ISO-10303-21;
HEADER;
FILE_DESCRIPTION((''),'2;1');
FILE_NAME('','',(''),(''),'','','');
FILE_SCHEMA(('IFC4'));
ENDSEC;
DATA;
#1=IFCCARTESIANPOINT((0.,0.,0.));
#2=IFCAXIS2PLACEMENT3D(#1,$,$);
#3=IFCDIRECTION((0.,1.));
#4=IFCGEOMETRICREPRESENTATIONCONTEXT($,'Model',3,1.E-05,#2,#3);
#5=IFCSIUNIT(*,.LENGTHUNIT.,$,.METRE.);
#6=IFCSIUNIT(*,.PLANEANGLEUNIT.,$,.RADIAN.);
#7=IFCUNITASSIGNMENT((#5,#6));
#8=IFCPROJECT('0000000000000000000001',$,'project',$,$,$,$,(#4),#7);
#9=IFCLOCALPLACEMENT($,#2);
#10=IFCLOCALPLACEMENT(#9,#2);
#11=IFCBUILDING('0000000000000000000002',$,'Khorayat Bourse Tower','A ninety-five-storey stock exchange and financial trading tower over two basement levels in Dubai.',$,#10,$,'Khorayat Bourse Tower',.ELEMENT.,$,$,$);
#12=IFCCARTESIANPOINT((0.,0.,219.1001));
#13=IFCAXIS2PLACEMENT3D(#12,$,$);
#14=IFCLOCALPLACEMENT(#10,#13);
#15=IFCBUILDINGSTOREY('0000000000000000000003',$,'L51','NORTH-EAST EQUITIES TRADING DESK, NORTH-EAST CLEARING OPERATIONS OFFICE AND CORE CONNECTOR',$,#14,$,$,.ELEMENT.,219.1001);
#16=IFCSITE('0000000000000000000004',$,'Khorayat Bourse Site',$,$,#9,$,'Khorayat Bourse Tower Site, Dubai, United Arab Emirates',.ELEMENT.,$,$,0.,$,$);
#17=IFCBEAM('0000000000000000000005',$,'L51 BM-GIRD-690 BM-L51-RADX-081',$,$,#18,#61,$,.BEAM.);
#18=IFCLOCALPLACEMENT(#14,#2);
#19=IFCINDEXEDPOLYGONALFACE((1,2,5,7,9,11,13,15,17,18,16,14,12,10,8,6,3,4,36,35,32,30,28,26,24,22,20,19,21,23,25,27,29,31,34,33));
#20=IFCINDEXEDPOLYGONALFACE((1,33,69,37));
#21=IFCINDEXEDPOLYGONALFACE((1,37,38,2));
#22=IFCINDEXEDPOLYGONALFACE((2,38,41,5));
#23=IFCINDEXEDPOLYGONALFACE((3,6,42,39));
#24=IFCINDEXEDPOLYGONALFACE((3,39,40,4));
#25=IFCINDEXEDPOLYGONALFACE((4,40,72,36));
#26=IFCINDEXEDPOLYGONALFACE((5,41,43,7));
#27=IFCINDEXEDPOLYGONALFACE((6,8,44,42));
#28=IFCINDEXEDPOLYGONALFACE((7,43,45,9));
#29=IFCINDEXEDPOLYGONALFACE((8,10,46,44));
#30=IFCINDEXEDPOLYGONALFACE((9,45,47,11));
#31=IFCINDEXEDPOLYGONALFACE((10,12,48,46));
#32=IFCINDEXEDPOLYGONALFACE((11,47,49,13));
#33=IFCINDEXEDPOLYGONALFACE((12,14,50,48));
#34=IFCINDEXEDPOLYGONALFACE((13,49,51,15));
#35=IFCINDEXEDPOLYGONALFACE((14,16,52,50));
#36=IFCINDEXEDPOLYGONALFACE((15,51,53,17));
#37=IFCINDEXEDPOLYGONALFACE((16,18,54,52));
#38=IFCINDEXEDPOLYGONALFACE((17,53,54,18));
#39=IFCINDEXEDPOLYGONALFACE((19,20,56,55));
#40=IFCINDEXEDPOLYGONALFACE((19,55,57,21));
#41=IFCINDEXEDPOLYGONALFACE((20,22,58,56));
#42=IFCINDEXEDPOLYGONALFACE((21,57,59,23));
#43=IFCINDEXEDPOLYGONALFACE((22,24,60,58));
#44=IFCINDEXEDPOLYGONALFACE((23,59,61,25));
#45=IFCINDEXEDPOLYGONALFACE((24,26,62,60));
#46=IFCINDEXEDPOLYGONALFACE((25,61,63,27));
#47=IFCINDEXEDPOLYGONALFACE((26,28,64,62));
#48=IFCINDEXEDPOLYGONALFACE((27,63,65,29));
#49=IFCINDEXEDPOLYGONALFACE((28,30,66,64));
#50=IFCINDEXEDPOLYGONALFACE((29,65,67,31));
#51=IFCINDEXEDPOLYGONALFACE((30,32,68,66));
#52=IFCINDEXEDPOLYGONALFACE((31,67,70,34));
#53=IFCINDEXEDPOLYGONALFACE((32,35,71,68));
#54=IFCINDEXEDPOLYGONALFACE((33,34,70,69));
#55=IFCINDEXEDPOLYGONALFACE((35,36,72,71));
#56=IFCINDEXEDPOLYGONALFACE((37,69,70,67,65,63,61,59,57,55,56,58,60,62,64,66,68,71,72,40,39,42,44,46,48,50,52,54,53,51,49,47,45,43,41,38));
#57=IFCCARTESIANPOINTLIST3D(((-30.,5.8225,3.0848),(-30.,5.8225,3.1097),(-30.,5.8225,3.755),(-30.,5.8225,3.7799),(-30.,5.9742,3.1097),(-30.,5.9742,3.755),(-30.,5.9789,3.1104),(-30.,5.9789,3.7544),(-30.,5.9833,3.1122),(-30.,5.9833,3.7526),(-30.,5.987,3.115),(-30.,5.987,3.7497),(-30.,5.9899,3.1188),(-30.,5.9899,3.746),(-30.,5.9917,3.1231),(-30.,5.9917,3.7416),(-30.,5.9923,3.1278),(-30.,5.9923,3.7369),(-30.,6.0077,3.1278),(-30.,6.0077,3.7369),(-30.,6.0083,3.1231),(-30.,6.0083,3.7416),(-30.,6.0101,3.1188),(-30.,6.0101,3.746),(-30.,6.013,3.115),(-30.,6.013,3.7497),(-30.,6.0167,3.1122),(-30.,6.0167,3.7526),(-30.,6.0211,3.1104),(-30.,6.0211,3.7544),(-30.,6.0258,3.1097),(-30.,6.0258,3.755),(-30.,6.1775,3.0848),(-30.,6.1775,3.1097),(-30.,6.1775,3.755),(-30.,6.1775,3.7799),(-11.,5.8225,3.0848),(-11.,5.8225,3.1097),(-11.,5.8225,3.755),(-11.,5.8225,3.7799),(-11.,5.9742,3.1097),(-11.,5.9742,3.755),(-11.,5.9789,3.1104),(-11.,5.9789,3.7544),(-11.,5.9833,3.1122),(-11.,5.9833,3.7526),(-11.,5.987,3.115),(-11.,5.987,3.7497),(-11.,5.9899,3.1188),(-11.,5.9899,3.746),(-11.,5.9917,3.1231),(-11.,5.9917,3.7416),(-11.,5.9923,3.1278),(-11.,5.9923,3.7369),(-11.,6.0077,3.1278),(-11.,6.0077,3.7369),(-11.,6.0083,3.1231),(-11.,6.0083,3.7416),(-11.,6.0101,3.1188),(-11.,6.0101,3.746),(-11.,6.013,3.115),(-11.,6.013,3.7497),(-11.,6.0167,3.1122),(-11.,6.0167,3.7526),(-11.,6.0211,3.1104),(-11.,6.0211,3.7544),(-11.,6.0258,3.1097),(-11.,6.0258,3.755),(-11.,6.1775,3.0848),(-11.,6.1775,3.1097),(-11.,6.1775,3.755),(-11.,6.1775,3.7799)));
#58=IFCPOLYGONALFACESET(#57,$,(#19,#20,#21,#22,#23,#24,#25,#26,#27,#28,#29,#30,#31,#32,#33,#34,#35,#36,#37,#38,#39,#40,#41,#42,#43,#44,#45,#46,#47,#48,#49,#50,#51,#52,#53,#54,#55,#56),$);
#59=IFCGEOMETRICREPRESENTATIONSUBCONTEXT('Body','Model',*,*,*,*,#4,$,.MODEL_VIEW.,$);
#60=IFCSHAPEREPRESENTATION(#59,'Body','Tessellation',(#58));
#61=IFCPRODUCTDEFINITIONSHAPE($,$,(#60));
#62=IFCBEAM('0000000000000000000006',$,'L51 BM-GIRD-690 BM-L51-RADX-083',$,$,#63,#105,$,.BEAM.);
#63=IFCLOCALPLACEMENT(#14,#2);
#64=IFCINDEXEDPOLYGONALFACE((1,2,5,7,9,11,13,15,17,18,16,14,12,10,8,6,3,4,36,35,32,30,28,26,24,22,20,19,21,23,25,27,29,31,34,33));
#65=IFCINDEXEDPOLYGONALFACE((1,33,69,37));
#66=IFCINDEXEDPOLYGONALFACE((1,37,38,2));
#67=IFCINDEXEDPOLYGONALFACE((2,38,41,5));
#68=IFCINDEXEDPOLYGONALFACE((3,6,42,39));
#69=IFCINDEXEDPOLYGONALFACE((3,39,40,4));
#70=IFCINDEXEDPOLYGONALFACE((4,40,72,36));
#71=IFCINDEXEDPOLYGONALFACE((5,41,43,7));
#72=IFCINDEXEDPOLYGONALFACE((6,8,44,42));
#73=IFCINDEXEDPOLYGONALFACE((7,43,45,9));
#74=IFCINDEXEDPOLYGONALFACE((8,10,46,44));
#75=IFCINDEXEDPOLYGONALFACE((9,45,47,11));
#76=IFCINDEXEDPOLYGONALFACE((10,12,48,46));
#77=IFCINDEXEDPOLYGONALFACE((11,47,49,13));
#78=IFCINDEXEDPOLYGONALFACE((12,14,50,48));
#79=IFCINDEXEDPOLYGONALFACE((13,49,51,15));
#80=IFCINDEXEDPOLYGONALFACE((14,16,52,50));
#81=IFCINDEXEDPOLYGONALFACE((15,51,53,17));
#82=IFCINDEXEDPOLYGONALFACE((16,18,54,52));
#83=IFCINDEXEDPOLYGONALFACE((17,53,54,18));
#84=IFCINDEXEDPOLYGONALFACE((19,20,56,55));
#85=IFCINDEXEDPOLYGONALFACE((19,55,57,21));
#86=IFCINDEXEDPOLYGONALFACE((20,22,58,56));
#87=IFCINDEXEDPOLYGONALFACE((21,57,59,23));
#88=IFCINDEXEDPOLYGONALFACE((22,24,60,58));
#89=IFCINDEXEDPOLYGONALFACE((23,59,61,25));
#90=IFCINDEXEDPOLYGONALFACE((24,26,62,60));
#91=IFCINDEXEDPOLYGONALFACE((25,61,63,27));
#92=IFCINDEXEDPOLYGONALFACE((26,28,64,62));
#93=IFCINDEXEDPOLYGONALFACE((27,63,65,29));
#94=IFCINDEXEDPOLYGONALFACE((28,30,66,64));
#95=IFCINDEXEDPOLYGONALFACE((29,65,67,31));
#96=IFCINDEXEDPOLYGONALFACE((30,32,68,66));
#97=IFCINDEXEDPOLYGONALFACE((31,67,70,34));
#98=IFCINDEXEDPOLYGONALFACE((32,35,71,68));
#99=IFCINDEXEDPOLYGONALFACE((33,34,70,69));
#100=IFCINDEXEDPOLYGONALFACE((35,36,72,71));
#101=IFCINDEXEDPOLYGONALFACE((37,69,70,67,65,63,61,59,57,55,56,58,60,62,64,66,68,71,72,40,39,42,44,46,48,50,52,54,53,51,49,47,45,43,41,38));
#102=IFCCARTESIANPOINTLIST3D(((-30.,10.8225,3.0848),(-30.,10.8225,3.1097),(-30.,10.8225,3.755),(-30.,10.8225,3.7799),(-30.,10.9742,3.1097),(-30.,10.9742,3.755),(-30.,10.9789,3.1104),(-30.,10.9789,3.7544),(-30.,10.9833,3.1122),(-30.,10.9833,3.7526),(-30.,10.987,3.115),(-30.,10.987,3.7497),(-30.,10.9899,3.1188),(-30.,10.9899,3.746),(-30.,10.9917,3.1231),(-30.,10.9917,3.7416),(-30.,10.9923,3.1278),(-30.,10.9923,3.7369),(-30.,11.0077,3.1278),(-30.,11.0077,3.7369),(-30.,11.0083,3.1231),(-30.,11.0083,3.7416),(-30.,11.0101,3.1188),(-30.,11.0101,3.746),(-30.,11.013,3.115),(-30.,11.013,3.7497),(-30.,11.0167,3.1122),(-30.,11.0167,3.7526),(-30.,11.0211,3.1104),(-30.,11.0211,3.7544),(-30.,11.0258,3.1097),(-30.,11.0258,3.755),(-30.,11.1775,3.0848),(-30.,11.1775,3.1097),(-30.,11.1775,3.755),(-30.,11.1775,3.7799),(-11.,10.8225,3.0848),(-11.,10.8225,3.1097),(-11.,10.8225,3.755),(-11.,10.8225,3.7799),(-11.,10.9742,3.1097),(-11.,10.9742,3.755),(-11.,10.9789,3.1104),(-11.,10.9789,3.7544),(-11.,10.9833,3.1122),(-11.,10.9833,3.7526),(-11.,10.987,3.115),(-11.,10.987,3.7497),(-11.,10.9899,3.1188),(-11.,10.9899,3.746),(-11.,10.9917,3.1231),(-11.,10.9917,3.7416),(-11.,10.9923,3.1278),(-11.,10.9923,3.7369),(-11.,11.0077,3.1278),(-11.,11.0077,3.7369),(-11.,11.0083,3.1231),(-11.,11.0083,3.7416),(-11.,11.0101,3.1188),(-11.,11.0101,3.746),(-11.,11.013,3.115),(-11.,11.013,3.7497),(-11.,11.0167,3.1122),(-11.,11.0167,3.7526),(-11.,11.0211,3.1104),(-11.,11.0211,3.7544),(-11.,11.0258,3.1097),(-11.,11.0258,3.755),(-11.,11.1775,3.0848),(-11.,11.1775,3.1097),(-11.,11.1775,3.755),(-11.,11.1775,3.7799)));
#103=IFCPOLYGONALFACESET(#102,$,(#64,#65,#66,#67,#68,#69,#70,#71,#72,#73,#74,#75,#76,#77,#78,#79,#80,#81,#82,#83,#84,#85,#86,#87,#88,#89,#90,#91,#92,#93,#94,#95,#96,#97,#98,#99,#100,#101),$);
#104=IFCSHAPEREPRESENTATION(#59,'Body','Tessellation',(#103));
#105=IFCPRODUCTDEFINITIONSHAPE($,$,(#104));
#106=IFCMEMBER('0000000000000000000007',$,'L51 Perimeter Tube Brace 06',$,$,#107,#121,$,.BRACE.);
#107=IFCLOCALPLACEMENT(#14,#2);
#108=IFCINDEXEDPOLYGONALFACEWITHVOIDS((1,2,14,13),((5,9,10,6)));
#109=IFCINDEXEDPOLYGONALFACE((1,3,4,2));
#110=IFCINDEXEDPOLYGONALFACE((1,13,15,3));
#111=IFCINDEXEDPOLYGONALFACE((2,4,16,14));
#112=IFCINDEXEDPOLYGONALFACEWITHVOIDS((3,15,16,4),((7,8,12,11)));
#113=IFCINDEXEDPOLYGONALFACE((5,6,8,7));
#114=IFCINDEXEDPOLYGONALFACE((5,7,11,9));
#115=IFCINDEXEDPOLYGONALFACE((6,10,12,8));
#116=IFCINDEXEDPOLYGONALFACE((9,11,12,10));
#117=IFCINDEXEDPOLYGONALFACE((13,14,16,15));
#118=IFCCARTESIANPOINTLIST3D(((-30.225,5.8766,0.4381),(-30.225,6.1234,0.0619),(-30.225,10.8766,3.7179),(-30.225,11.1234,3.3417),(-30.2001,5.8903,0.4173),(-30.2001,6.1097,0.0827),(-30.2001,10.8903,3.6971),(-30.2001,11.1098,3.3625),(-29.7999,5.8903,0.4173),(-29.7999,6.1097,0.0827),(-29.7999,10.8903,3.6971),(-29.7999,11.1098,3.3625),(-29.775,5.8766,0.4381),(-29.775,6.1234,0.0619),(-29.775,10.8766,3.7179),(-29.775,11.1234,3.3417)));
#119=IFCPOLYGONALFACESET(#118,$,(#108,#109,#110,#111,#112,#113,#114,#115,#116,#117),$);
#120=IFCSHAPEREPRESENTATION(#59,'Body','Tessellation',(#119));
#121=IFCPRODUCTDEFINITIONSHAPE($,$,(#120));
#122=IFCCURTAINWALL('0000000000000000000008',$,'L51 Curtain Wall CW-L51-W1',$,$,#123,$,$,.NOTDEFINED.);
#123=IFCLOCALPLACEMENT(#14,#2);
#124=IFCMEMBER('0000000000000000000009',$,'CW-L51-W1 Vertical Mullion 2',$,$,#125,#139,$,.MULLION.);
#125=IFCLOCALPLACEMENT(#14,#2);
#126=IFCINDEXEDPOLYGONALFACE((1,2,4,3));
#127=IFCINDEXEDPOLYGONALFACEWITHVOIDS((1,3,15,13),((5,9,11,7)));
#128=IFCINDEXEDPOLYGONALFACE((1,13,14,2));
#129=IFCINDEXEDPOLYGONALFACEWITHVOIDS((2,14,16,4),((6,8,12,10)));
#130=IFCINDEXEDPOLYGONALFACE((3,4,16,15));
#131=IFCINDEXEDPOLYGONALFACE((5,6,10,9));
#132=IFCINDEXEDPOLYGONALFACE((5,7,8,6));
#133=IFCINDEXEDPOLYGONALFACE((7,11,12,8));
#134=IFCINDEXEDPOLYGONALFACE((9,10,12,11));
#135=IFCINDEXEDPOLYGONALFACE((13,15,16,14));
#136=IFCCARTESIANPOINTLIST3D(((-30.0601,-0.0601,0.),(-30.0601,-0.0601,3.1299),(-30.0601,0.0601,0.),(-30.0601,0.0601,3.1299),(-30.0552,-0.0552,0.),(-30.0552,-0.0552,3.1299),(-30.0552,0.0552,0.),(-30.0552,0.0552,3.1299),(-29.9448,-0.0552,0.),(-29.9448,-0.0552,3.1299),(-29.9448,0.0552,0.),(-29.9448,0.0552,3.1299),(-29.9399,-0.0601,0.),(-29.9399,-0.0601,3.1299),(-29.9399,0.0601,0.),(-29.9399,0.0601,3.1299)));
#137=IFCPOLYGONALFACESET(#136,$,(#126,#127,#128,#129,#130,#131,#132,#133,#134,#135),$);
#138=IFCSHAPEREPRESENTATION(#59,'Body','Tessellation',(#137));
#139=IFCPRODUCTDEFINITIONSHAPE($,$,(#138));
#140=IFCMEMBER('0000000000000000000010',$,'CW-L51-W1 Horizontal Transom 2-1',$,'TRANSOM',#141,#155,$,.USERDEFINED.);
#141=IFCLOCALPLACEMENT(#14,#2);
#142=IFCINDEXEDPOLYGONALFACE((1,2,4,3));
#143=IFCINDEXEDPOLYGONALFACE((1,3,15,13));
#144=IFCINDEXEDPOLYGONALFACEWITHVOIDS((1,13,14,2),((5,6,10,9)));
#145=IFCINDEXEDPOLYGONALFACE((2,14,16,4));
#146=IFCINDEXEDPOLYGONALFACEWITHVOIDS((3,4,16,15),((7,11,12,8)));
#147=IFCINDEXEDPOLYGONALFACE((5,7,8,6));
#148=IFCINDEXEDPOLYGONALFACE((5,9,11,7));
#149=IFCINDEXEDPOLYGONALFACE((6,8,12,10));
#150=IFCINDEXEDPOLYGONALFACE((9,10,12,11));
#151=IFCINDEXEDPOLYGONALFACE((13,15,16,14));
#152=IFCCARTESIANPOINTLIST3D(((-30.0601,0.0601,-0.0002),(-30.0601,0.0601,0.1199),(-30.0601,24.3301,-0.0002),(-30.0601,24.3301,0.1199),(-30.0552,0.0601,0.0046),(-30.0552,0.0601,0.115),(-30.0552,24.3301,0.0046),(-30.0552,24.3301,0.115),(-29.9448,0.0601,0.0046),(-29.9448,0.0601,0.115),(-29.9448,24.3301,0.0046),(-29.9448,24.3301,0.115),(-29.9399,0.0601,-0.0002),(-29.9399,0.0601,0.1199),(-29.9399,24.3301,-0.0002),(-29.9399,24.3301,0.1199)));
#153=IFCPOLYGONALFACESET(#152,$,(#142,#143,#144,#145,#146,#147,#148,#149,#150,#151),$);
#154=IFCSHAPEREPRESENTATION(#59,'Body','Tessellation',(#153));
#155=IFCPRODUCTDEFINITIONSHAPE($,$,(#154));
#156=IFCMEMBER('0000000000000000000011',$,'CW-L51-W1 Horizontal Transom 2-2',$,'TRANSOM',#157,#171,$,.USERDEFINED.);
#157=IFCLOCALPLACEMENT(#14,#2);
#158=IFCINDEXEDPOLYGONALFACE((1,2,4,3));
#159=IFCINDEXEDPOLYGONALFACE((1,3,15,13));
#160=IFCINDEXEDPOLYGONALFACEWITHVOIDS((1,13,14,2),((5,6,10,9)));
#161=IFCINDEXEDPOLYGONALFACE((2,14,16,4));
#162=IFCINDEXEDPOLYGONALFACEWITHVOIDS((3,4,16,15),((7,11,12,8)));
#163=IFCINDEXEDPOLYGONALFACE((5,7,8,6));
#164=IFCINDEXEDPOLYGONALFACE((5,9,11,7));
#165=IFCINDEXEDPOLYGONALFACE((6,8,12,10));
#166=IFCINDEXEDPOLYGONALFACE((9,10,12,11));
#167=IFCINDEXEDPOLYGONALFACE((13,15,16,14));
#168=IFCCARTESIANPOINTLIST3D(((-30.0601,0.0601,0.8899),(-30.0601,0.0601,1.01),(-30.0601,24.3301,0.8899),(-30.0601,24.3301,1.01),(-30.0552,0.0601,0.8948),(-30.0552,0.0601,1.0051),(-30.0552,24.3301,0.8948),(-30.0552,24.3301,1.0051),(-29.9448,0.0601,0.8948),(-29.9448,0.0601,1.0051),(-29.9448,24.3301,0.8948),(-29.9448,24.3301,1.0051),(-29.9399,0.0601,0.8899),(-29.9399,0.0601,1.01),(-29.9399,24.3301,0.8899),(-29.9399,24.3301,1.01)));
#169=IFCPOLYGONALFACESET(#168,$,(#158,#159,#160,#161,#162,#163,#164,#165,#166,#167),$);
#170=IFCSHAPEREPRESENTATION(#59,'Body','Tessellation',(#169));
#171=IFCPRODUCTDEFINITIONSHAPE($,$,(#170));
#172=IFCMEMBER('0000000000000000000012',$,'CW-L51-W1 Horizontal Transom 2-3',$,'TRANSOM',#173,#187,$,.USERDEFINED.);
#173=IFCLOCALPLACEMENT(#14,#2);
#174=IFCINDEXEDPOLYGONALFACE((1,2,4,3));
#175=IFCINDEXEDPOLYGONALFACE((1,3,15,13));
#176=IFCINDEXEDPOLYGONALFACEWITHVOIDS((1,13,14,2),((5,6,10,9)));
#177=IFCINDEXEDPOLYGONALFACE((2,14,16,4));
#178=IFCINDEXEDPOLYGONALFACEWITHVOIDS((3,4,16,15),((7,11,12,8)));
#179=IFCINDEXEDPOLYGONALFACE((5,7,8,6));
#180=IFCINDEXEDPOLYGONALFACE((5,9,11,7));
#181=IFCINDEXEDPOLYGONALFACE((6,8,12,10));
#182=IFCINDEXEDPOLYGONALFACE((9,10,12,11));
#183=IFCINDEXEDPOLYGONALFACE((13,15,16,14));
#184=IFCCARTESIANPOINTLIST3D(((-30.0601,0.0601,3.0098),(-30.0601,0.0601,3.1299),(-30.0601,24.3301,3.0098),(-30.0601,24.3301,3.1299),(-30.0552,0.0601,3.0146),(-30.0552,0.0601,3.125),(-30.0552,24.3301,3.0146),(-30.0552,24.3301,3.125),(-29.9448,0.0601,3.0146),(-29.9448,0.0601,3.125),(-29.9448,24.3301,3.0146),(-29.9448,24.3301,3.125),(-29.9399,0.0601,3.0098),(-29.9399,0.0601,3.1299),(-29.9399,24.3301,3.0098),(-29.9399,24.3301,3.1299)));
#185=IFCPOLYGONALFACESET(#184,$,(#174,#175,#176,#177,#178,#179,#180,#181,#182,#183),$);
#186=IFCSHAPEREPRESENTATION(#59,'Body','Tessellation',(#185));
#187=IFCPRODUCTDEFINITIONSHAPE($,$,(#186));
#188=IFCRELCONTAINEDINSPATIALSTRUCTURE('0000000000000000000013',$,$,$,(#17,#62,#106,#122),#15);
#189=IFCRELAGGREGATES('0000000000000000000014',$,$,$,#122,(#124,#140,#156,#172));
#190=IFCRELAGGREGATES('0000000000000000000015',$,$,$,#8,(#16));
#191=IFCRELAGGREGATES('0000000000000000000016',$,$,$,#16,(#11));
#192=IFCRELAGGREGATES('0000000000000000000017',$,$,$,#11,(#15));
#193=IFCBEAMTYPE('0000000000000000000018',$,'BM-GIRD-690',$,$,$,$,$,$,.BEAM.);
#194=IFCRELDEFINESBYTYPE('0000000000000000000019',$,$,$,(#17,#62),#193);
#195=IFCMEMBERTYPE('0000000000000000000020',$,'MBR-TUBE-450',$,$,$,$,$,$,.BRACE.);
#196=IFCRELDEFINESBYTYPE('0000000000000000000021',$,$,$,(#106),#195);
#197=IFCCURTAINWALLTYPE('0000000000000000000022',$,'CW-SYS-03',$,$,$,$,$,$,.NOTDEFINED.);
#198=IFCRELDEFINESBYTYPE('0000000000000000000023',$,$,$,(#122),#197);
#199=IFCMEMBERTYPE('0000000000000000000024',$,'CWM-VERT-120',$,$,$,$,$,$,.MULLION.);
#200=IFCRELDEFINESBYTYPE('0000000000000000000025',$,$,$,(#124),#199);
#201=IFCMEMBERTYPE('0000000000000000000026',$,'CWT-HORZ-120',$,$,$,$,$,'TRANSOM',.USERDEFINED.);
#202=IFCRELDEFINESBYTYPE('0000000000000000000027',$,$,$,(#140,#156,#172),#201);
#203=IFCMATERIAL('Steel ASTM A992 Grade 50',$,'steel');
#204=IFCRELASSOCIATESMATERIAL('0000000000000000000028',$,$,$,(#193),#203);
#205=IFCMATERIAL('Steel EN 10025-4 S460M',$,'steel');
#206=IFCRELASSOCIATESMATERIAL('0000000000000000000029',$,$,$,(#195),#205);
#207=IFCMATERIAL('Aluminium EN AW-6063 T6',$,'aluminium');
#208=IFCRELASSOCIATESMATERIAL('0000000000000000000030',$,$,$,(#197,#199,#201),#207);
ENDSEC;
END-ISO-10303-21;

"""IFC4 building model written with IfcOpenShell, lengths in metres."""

from ifc_helpers import new_model, si_unit, direction, frame, origin, origin_2d, place, context, subcontext, project, spatial, hollow_rectangle, i_section, extrude, source, transform, mapped, material, material_profile, profile_set, type_object, element, aggregate, save


model = new_model("IFC4")

# Units and contexts
model_context = context("Model", 3, precision=1e-05, world=origin(), true_north=direction((0.0, 1.0)))
body_context = subcontext(model_context, "Body", "Model", "MODEL_VIEW")
ifc_project = project(units=[si_unit("LENGTHUNIT", "METRE"), si_unit("PLANEANGLEUNIT", "RADIAN")], contexts=[model_context])

# Site, building, storey
site_placement = place(None, origin())
site = spatial("IfcSite", under=ifc_project, at=site_placement, Name="Khorayat Bourse Site", LongName="Khorayat Bourse Tower Site, Dubai, United Arab Emirates", CompositionType="ELEMENT", RefElevation=0.0)
building_placement = place(site_placement, origin())
building = spatial("IfcBuilding", under=site, at=building_placement, Name="Khorayat Bourse Tower", Description="A ninety-five-storey stock exchange and financial trading tower over two basement levels in Dubai.", LongName="Khorayat Bourse Tower", CompositionType="ELEMENT")
storey_placement = place(building_placement, frame((0.0, 0.0, 219.1001)))
storey = spatial("IfcBuildingStorey", under=building, at=storey_placement, Name="L51", Description="NORTH-EAST EQUITIES TRADING DESK, NORTH-EAST CLEARING OPERATIONS OFFICE AND CORE CONNECTOR", CompositionType="ELEMENT", Elevation=219.1001)

# Shared definitions
ifc_material_1 = material(Name="Steel EN 10025-4 S460M", Category="steel")

# Beams
ifc_material_2 = material(Name="Steel ASTM A992 Grade 50", Category="steel")
ifc_material_profile_1 = material_profile(ifc_material_2, i_section(OverallWidth=0.355, OverallDepth=0.6951, WebThickness=0.0154, FlangeThickness=0.0249, FilletRadius=0.0181, at=origin_2d()), Name="W690X217")
ifc_profile_set_1 = profile_set([ifc_material_profile_1], Name="Steel ASTM A992 Grade 50")
beam_type_1 = type_object("IfcBeamType", Name="BM-GIRD-690", PredefinedType="BEAM", material=ifc_profile_set_1)
shared_shape_1 = source(origin(), body_context, "Body", "SweptSolid", [
    extrude(i_section(OverallWidth=0.355, OverallDepth=0.6951, WebThickness=0.0154, FlangeThickness=0.0249, FilletRadius=0.0181, at=origin_2d()), origin(), (0.0, 0.0, 1.0), 19.0),
])
for number, where, z_axis, x_axis, name in (
    (1, (-30.0, 6.0, 3.4324), (1.0, 0.0, 0.0), (0.0, 1.0, 0.0), "L51 BM-GIRD-690 BM-L51-RADX-081"),
    (2, (-30.0, 11.0, 3.4324), (1.0, 0.0, 0.0), (0.0, 1.0, 0.0), "L51 BM-GIRD-690 BM-L51-RADX-083"),
):
    element("IfcBeam", number, at=place(storey_placement, frame(where, z_axis=z_axis, x_axis=x_axis)), inside=storey, type_object=beam_type_1, Name=name, PredefinedType="BEAM", context=body_context, shape_type="MappedRepresentation", body=[
        mapped(shared_shape_1, transform((0.0, 0.0, 0.0), scale=1.0)),
    ])

# Member
ifc_material_profile_2 = material_profile(ifc_material_1, hollow_rectangle(XDim=0.45, YDim=0.45, WallThickness=0.0249, at=origin_2d()), Name="HSS 450x450x25")
ifc_profile_set_2 = profile_set([ifc_material_profile_2], Name="Steel EN 10025-4 S460M")
member_type_1 = type_object("IfcMemberType", Name="MBR-TUBE-450", PredefinedType="BRACE", material=ifc_profile_set_2)
shared_shape_2 = source(origin(), body_context, "Body", "SweptSolid", [
    extrude(hollow_rectangle(XDim=0.45, YDim=0.45, WallThickness=0.0249, at=origin_2d()), origin(), (0.0, 0.0, 1.0), 5.9797),
])
member_1_placement = place(storey_placement, frame((-30.0, 6.0, 0.25), z_axis=(0.0, 0.83616, 0.548485), x_axis=(-1.0, 0.0, 0.0)))
element("IfcMember", 3, at=member_1_placement, inside=storey, type_object=member_type_1, Name="L51 Perimeter Tube Brace 06", PredefinedType="BRACE", context=body_context, shape_type="MappedRepresentation", body=[
    mapped(shared_shape_2, transform((0.0, 0.0, 0.0), scale=1.0)),
])

# Curtain wall, members
ifc_material_3 = material(Name="Aluminium EN AW-6063 T6", Category="aluminium")
curtain_wall_type = type_object("IfcCurtainWallType", Name="CW-SYS-03", PredefinedType="NOTDEFINED", material=ifc_material_3)
curtain_wall_placement = place(storey_placement, origin())
curtain_wall = element("IfcCurtainWall", 4, at=curtain_wall_placement, inside=storey, type_object=curtain_wall_type, Name="L51 Curtain Wall CW-L51-W1", PredefinedType="NOTDEFINED")
ifc_material_profile_3 = material_profile(ifc_material_3, hollow_rectangle(XDim=0.1201, YDim=0.1201, WallThickness=0.0049, at=origin_2d()), Name="ALU 120x120x5")
ifc_profile_set_3 = profile_set([ifc_material_profile_3], Name="Aluminium EN AW-6063 T6")
member_type_2 = type_object("IfcMemberType", Name="CWM-VERT-120", PredefinedType="MULLION", material=ifc_profile_set_3)
shared_shape_3 = source(origin(), body_context, "Body", "SweptSolid", [
    extrude(hollow_rectangle(XDim=0.1201, YDim=0.1201, WallThickness=0.0049, at=origin_2d()), origin(), (0.0, 0.0, 1.0), 3.1299),
])
member_2_placement = place(storey_placement, frame((-30.0, 0.0, 0.0), z_axis=(0.0, 0.0, 1.0), x_axis=(-1.0, 0.0, 0.0)))
member_2 = element("IfcMember", 5, at=member_2_placement, type_object=member_type_2, Name="CW-L51-W1 Vertical Mullion 2", PredefinedType="MULLION", context=body_context, shape_type="MappedRepresentation", body=[
    mapped(shared_shape_3, transform((0.0, 0.0, 0.0), scale=1.0)),
])
ifc_material_profile_4 = material_profile(ifc_material_3, hollow_rectangle(XDim=0.1201, YDim=0.1201, WallThickness=0.0049, at=origin_2d()), Name="ALU 120x120x5")
ifc_profile_set_4 = profile_set([ifc_material_profile_4], Name="Aluminium EN AW-6063 T6")
member_type_3 = type_object("IfcMemberType", Name="CWT-HORZ-120", ElementType="TRANSOM", PredefinedType="USERDEFINED", material=ifc_profile_set_4)
shared_shape_4 = source(origin(), body_context, "Body", "SweptSolid", [
    extrude(hollow_rectangle(XDim=0.1201, YDim=0.1201, WallThickness=0.0049, at=origin_2d()), origin(), (0.0, 0.0, 1.0), 24.27),
])
member_3_placement = place(storey_placement, frame((-30.0, 0.0601, 0.0598), z_axis=(0.0, 1.0, 0.0), x_axis=(-1.0, 0.0, 0.0)))
member_3 = element("IfcMember", 6, at=member_3_placement, type_object=member_type_3, Name="CW-L51-W1 Horizontal Transom 2-1", ObjectType="TRANSOM", PredefinedType="USERDEFINED", context=body_context, shape_type="MappedRepresentation", body=[
    mapped(shared_shape_4, transform((0.0, 0.0, 0.0), scale=1.0)),
])
member_4_placement = place(storey_placement, frame((-30.0, 0.0601, 0.95), z_axis=(0.0, 1.0, 0.0), x_axis=(-1.0, 0.0, 0.0)))
member_4 = element("IfcMember", 7, at=member_4_placement, type_object=member_type_3, Name="CW-L51-W1 Horizontal Transom 2-2", ObjectType="TRANSOM", PredefinedType="USERDEFINED", context=body_context, shape_type="MappedRepresentation", body=[
    mapped(shared_shape_4, transform((0.0, 0.0, 0.0), scale=1.0)),
])
member_5_placement = place(storey_placement, frame((-30.0, 0.0601, 3.0698), z_axis=(0.0, 1.0, 0.0), x_axis=(-1.0, 0.0, 0.0)))
member_5 = element("IfcMember", 8, at=member_5_placement, type_object=member_type_3, Name="CW-L51-W1 Horizontal Transom 2-3", ObjectType="TRANSOM", PredefinedType="USERDEFINED", context=body_context, shape_type="MappedRepresentation", body=[
    mapped(shared_shape_4, transform((0.0, 0.0, 0.0), scale=1.0)),
])
aggregate(curtain_wall, [member_2, member_3, member_4, member_5])

save(model, "model.ifc")
